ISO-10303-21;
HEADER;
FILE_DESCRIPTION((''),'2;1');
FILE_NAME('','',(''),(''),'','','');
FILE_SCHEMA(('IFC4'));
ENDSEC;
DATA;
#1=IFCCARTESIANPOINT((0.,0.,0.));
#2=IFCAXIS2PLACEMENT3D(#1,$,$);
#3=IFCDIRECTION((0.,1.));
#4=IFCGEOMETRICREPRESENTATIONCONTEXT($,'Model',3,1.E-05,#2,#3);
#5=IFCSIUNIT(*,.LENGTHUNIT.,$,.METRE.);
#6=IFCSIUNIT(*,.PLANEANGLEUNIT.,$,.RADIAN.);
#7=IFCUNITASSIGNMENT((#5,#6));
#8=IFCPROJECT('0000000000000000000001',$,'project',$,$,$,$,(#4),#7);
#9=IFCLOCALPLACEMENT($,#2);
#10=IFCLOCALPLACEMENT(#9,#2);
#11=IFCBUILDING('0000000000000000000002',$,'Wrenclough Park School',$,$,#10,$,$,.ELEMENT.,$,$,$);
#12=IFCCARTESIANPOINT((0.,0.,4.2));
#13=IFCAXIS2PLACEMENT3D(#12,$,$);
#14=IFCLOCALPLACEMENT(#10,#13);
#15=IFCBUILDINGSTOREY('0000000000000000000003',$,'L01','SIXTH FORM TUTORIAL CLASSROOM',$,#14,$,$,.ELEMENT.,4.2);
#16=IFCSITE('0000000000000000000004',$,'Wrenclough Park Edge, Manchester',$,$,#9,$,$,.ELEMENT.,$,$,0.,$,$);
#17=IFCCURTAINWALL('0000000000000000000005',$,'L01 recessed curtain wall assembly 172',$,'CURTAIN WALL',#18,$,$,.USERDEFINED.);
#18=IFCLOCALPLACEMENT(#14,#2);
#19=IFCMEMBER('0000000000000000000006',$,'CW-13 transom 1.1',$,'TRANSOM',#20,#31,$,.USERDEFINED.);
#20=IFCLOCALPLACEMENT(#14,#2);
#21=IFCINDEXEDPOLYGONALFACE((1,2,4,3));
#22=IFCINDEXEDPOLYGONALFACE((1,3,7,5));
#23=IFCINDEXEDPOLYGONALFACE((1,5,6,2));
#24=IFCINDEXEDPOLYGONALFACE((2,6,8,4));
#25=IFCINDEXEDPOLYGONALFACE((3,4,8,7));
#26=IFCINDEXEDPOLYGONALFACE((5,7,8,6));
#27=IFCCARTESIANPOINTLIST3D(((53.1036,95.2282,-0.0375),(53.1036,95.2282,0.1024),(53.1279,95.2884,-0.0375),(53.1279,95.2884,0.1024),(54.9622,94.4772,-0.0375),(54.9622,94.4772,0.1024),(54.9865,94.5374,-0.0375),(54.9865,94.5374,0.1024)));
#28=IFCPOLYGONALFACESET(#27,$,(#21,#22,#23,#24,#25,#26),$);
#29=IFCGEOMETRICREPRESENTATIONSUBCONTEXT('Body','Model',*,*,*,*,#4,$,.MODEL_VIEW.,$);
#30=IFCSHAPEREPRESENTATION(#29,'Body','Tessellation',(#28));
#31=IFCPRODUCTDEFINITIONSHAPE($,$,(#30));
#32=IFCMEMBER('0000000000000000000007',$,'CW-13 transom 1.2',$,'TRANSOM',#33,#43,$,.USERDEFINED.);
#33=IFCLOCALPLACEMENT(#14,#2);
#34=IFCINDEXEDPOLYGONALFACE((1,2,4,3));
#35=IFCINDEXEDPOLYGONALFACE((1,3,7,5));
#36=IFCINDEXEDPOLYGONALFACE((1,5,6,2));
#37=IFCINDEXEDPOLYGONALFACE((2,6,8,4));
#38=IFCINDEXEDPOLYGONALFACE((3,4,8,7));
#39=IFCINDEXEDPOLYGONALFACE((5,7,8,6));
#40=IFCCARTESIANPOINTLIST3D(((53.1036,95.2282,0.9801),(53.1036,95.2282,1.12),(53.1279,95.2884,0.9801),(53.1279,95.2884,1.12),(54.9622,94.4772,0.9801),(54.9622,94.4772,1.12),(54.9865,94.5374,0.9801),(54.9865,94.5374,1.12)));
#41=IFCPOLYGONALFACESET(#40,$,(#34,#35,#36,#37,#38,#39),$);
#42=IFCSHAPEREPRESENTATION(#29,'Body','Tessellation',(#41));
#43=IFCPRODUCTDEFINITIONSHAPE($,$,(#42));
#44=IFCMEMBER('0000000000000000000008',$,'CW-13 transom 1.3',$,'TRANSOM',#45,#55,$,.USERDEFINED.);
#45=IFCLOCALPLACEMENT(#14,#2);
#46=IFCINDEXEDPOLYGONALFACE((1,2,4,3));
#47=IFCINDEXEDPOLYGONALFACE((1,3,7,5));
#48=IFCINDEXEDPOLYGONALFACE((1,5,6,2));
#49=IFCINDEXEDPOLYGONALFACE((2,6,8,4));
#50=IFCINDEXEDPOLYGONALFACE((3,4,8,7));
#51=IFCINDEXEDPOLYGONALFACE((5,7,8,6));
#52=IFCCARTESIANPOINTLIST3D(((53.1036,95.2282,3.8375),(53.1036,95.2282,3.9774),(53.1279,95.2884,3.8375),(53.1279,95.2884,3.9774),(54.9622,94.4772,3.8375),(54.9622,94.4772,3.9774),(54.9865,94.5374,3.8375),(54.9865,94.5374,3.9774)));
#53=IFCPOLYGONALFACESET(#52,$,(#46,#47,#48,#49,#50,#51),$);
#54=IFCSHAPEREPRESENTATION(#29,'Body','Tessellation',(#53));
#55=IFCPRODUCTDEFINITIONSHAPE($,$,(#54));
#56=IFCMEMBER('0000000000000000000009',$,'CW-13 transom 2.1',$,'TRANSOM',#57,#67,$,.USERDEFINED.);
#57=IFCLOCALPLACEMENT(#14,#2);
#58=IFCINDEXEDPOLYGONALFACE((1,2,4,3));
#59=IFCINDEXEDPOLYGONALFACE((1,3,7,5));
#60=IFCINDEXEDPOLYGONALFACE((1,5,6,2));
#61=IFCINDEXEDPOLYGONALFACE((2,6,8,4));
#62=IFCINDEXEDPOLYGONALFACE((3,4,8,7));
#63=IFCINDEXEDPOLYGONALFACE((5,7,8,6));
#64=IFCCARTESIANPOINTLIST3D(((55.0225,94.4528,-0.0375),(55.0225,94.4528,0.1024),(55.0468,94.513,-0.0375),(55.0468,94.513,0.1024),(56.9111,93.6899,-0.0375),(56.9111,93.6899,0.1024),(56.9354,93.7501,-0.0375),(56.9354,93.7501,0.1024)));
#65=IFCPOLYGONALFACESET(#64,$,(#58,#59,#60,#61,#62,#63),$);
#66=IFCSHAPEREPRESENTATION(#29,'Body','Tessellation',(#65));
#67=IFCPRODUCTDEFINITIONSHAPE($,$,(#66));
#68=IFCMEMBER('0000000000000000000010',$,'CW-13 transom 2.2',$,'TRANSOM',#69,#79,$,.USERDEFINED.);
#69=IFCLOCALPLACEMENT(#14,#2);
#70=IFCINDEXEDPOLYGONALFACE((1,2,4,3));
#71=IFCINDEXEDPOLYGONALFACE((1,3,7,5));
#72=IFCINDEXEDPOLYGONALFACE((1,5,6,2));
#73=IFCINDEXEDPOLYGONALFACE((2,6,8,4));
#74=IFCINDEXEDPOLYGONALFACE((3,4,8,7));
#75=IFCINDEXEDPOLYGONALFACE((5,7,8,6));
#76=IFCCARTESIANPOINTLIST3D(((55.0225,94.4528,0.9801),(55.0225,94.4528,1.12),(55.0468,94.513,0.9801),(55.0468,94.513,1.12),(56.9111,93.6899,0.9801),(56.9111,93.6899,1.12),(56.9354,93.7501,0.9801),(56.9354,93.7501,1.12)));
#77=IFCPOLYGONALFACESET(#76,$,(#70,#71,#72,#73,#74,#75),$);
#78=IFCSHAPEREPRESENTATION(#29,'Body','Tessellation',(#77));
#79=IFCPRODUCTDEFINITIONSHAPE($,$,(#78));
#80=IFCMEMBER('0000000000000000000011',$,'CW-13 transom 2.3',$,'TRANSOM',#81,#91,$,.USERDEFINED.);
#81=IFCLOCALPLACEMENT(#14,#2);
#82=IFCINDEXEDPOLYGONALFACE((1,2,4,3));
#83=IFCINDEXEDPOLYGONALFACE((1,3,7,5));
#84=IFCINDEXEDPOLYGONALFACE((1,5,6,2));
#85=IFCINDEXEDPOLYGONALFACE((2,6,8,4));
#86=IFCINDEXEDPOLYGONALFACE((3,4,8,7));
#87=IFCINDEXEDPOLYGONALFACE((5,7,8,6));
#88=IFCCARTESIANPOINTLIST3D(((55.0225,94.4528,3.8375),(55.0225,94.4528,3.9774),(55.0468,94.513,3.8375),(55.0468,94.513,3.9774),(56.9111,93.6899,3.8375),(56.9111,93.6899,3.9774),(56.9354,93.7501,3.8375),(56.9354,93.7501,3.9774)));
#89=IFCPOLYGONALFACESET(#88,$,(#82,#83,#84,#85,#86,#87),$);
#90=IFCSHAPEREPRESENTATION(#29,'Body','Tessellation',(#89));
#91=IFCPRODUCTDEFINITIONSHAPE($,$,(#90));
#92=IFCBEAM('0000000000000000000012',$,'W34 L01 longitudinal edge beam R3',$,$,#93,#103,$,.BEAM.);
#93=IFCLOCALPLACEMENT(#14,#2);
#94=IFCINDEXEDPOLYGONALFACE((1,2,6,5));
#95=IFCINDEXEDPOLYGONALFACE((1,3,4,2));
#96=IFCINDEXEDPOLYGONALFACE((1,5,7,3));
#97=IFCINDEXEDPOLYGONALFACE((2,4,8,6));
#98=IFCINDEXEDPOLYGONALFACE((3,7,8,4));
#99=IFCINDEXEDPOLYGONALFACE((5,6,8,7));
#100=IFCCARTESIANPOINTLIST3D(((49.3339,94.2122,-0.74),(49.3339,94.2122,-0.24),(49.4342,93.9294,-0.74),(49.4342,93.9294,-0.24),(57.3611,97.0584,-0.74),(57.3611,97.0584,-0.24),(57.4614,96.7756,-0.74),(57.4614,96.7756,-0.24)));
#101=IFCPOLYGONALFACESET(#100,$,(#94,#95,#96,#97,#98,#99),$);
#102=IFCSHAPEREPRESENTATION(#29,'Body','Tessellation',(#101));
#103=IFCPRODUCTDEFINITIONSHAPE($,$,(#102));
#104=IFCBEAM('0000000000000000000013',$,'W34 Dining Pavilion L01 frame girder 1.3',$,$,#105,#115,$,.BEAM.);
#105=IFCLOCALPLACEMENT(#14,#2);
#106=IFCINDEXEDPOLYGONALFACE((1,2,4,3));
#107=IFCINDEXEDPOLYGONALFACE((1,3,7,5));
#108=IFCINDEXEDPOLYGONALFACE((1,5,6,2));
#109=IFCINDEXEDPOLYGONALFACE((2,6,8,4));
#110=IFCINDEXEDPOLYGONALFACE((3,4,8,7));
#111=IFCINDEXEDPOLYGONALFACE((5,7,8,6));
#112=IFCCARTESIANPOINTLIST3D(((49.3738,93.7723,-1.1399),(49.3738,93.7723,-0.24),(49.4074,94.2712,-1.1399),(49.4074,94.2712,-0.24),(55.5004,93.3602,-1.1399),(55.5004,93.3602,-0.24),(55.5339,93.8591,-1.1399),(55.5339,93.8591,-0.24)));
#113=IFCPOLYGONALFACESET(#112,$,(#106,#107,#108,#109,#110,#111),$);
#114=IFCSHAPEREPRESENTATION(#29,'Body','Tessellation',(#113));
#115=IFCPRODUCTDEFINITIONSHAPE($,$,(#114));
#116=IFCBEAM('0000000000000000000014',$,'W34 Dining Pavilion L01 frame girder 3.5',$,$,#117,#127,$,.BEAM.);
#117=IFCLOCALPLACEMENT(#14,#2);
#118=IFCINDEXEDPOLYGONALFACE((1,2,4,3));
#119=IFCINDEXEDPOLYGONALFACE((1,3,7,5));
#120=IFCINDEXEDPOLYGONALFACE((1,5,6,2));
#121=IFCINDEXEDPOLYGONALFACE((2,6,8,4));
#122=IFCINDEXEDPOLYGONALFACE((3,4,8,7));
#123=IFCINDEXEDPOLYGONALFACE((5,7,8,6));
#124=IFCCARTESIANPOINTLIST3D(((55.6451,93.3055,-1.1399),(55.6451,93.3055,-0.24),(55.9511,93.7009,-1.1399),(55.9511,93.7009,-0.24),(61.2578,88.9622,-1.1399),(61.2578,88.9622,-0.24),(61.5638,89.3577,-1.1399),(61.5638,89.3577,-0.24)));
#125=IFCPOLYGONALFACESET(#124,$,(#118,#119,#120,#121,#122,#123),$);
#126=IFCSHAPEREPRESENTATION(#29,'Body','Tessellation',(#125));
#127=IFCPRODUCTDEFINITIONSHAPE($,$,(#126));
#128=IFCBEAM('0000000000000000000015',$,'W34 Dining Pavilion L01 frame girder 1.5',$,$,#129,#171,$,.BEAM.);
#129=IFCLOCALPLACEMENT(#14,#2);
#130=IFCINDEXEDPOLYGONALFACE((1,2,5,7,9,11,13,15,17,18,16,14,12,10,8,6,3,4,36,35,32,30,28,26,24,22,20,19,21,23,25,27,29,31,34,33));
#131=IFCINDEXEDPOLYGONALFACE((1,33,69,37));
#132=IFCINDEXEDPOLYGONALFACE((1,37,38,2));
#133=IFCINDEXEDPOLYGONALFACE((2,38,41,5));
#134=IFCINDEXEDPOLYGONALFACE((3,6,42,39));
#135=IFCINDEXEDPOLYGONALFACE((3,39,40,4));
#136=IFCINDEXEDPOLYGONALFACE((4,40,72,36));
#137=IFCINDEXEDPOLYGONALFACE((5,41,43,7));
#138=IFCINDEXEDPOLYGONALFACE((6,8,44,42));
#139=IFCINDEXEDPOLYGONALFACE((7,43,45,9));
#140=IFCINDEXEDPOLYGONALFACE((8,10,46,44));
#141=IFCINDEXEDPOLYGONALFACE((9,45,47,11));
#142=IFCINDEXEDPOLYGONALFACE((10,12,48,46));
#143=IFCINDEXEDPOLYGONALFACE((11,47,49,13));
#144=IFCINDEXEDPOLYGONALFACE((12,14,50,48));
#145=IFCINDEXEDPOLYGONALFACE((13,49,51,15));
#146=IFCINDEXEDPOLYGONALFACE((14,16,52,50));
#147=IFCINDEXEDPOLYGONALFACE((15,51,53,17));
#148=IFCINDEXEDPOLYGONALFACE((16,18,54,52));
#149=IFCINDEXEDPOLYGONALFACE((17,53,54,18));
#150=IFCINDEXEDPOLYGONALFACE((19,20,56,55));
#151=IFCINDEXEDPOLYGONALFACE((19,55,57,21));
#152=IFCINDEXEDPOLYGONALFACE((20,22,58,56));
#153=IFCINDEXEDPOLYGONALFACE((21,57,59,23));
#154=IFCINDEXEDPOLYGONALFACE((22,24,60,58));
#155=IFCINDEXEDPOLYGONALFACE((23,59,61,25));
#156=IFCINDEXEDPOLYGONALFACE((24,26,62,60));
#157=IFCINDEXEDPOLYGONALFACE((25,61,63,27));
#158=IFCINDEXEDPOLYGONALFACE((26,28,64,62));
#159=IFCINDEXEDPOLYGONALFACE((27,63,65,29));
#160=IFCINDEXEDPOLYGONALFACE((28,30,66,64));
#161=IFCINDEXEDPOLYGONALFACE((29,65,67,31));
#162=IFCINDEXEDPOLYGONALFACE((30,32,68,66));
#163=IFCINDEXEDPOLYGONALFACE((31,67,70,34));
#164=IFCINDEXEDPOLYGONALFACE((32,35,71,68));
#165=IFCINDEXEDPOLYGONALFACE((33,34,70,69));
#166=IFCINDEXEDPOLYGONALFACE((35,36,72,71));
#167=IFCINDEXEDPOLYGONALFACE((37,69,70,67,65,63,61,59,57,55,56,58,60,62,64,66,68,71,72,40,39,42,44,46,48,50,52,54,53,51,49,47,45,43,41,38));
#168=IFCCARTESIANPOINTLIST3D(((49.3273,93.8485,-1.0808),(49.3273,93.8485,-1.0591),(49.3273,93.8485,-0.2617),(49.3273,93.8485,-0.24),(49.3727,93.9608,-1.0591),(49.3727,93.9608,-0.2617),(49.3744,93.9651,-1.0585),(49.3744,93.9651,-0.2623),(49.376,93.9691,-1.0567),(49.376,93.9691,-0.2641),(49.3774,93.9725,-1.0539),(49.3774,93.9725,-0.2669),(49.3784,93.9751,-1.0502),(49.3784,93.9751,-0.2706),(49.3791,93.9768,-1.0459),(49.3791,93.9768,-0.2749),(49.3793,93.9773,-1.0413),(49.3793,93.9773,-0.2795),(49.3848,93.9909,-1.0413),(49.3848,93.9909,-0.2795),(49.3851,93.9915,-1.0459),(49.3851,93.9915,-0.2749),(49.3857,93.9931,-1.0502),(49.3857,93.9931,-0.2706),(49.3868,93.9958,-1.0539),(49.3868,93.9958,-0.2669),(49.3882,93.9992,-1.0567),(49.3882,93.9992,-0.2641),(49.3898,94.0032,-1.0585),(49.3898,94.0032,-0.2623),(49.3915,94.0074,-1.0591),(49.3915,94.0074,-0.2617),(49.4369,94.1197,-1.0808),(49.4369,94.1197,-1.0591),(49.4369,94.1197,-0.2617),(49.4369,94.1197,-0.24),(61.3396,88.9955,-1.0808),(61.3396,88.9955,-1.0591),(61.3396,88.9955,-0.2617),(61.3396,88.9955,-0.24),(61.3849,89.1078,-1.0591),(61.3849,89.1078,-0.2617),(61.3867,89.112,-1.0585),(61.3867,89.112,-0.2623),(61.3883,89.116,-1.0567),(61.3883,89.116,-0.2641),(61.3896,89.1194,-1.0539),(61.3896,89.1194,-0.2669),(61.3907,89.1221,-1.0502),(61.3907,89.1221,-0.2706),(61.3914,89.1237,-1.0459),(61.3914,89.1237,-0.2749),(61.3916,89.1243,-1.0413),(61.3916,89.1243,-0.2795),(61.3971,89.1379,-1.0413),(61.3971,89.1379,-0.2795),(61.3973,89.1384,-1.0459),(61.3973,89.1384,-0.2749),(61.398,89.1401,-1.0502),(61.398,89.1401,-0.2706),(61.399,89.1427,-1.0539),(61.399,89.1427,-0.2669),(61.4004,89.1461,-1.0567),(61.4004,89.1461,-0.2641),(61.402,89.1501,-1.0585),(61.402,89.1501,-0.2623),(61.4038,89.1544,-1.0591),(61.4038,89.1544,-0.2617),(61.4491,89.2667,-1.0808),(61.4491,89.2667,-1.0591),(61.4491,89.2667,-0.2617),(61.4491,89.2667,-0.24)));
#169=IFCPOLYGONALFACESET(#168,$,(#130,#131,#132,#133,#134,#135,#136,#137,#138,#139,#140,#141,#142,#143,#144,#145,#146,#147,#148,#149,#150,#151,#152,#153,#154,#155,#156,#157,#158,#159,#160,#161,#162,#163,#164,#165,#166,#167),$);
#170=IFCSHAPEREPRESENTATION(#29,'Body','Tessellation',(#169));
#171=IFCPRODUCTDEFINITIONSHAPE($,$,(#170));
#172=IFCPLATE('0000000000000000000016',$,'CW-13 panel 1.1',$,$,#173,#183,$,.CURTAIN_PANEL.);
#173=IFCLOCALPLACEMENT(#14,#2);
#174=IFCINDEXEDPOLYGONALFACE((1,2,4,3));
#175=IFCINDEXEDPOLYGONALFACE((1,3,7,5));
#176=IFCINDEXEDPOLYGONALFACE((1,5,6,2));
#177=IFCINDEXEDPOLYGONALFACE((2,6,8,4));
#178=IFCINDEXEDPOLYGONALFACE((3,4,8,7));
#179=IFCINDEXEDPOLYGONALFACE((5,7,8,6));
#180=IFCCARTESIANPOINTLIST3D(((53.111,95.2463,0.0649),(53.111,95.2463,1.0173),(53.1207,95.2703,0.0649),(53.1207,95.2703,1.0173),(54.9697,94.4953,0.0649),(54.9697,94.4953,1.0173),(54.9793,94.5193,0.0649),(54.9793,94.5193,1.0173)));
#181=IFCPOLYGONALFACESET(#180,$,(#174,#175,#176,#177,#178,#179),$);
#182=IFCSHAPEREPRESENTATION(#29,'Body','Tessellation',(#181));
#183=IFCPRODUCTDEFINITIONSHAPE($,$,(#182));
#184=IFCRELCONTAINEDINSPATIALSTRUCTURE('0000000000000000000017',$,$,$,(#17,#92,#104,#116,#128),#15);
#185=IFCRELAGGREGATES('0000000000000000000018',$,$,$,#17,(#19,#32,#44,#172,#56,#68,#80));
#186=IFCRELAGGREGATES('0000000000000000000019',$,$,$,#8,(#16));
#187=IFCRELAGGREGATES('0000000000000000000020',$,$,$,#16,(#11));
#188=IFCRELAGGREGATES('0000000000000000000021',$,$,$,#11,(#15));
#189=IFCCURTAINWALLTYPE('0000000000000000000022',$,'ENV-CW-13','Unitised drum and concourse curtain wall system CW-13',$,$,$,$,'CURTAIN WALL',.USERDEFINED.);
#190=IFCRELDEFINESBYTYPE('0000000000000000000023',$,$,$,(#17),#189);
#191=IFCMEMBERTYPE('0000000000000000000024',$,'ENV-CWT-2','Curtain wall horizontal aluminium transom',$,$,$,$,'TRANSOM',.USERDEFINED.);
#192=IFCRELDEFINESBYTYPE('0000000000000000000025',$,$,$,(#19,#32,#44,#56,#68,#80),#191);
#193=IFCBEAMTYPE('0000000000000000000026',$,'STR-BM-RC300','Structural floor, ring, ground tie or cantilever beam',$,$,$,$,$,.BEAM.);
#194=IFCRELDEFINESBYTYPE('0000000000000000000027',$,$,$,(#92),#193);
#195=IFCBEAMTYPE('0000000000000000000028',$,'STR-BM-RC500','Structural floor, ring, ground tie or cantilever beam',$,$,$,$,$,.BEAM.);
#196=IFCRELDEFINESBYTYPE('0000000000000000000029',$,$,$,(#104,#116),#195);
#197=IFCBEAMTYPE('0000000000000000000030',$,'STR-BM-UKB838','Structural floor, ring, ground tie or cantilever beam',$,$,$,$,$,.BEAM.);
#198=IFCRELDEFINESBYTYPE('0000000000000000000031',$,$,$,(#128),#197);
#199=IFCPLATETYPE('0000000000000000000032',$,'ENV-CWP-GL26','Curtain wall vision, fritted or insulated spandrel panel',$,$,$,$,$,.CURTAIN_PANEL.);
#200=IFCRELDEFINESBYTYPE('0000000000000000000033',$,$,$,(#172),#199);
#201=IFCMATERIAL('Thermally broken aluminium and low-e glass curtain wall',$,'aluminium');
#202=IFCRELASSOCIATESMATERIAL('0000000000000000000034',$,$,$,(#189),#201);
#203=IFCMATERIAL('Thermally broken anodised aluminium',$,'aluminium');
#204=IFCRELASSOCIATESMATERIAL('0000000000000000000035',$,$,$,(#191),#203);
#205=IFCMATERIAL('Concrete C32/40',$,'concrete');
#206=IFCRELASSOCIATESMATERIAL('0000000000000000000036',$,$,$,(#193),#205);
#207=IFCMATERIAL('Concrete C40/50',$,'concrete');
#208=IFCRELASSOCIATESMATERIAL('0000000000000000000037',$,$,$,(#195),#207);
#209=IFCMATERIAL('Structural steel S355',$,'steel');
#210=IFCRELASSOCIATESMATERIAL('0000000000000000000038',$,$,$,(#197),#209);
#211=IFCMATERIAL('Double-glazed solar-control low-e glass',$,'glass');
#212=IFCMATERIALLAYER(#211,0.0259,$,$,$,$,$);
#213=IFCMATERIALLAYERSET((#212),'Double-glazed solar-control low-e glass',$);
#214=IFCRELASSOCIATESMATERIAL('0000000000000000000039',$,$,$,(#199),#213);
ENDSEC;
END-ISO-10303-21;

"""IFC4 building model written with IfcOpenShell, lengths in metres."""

from ifc_helpers import new_model, si_unit, direction, frame, origin, origin_2d, place, context, subcontext, project, spatial, rectangle, i_section, extrude, material, layer, layer_set, material_profile, profile_set, type_object, element, aggregate, save


model = new_model("IFC4")

# Units and contexts
model_context = context("Model", 3, precision=1e-05, world=origin(), true_north=direction((0.0, 1.0)))
body_context = subcontext(model_context, "Body", "Model", "MODEL_VIEW")
ifc_project = project(units=[si_unit("LENGTHUNIT", "METRE"), si_unit("PLANEANGLEUNIT", "RADIAN")], contexts=[model_context])

# Site, building, storey
site_placement = place(None, origin())
site = spatial("IfcSite", under=ifc_project, at=site_placement, Name="Wrenclough Park Edge, Manchester", CompositionType="ELEMENT", RefElevation=0.0)
building_placement = place(site_placement, origin())
building = spatial("IfcBuilding", under=site, at=building_placement, Name="Wrenclough Park School", CompositionType="ELEMENT")
storey_placement = place(building_placement, frame((0.0, 0.0, 4.2)))
storey = spatial("IfcBuildingStorey", under=building, at=storey_placement, Name="L01", Description="SIXTH FORM TUTORIAL CLASSROOM", CompositionType="ELEMENT", Elevation=4.2)

# Shared definitions
ifc_material_1 = material(Name="Structural steel S355", Category="steel")

# Shared definitions
ifc_material_2 = material(Name="Thermally broken aluminium and low-e glass curtain wall", Category="aluminium")
ifc_material_3 = material(Name="Thermally broken anodised aluminium", Category="aluminium")

# Curtain wall
curtain_wall_type_1 = type_object("IfcCurtainWallType", Name="ENV-CW-13", Description="Unitised drum and concourse curtain wall system CW-13", ElementType="CURTAIN WALL", PredefinedType="USERDEFINED", material=ifc_material_2)
curtain_wall_1_placement = place(storey_placement, origin())
curtain_wall_1 = element("IfcCurtainWall", 1, at=curtain_wall_1_placement, inside=storey, type_object=curtain_wall_type_1, Name="L01 recessed curtain wall assembly 172", ObjectType="CURTAIN WALL", PredefinedType="USERDEFINED")

# Members
ifc_material_profile_1 = material_profile(ifc_material_3, rectangle(XDim=0.0649, YDim=0.1399, at=origin_2d()), Name="AL TRANSOM 65x140")
ifc_profile_set_1 = profile_set([ifc_material_profile_1], Name="Thermally broken anodised aluminium")
member_type_1 = type_object("IfcMemberType", Name="ENV-CWT-2", Description="Curtain wall horizontal aluminium transom", ElementType="TRANSOM", PredefinedType="USERDEFINED", material=ifc_profile_set_1)
member_1_placement = place(storey_placement, frame((53.1157, 95.2583, 0.0325), z_axis=(0.927178, -0.374622, 0.0), x_axis=(0.374622, 0.927178, 0.0)))
member_1 = element("IfcMember", 2, at=member_1_placement, type_object=member_type_1, Name="CW-13 transom 1.1", ObjectType="TRANSOM", PredefinedType="USERDEFINED", context=body_context, shape_type="SweptSolid", body=[
    extrude(rectangle(XDim=0.0649, YDim=0.1399, at=origin_2d()), origin(), (0.0, 0.0, 1.0), 2.0046),
])
member_2_placement = place(storey_placement, frame((53.1157, 95.2583, 1.05), z_axis=(0.927178, -0.374622, 0.0), x_axis=(0.374622, 0.927178, 0.0)))
member_2 = element("IfcMember", 3, at=member_2_placement, type_object=member_type_1, Name="CW-13 transom 1.2", ObjectType="TRANSOM", PredefinedType="USERDEFINED", context=body_context, shape_type="SweptSolid", body=[
    extrude(rectangle(XDim=0.0649, YDim=0.1399, at=origin_2d()), origin(), (0.0, 0.0, 1.0), 2.0046),
])
member_3_placement = place(storey_placement, frame((53.1157, 95.2583, 3.9075), z_axis=(0.927178, -0.374622, 0.0), x_axis=(0.374622, 0.927178, 0.0)))
member_3 = element("IfcMember", 4, at=member_3_placement, type_object=member_type_1, Name="CW-13 transom 1.3", ObjectType="TRANSOM", PredefinedType="USERDEFINED", context=body_context, shape_type="SweptSolid", body=[
    extrude(rectangle(XDim=0.0649, YDim=0.1399, at=origin_2d()), origin(), (0.0, 0.0, 1.0), 2.0046),
])
member_4_placement = place(storey_placement, frame((55.0347, 94.4829, 0.0325), z_axis=(0.927207, -0.37455, 0.0), x_axis=(0.37455, 0.927207, 0.0)))
member_4 = element("IfcMember", 5, at=member_4_placement, type_object=member_type_1, Name="CW-13 transom 2.1", ObjectType="TRANSOM", PredefinedType="USERDEFINED", context=body_context, shape_type="SweptSolid", body=[
    extrude(rectangle(XDim=0.0649, YDim=0.1399, at=origin_2d()), origin(), (0.0, 0.0, 1.0), 2.0369),
])
member_5_placement = place(storey_placement, frame((55.0347, 94.4829, 1.05), z_axis=(0.927207, -0.37455, 0.0), x_axis=(0.37455, 0.927207, 0.0)))
member_5 = element("IfcMember", 6, at=member_5_placement, type_object=member_type_1, Name="CW-13 transom 2.2", ObjectType="TRANSOM", PredefinedType="USERDEFINED", context=body_context, shape_type="SweptSolid", body=[
    extrude(rectangle(XDim=0.0649, YDim=0.1399, at=origin_2d()), origin(), (0.0, 0.0, 1.0), 2.0369),
])
member_6_placement = place(storey_placement, frame((55.0347, 94.4829, 3.9075), z_axis=(0.927207, -0.37455, 0.0), x_axis=(0.37455, 0.927207, 0.0)))
member_6 = element("IfcMember", 7, at=member_6_placement, type_object=member_type_1, Name="CW-13 transom 2.3", ObjectType="TRANSOM", PredefinedType="USERDEFINED", context=body_context, shape_type="SweptSolid", body=[
    extrude(rectangle(XDim=0.0649, YDim=0.1399, at=origin_2d()), origin(), (0.0, 0.0, 1.0), 2.0369),
])

# Beams
ifc_material_4 = material(Name="Concrete C32/40", Category="concrete")
ifc_material_profile_2 = material_profile(ifc_material_4, rectangle(XDim=0.3, YDim=0.5, at=origin_2d()), Name="RC BEAM 300x500")
ifc_profile_set_2 = profile_set([ifc_material_profile_2], Name="Concrete C32/40")
beam_type_1 = type_object("IfcBeamType", Name="STR-BM-RC300", Description="Structural floor, ring, ground tie or cantilever beam", PredefinedType="BEAM", material=ifc_profile_set_2)
beam_1_placement = place(storey_placement, frame((49.384, 94.0708, -0.49), z_axis=(0.942507, 0.334187, 0.0), x_axis=(-0.334187, 0.942507, 0.0)))
element("IfcBeam", 8, at=beam_1_placement, inside=storey, type_object=beam_type_1, Name="W34 L01 longitudinal edge beam R3", PredefinedType="BEAM", context=body_context, shape_type="SweptSolid", body=[
    extrude(rectangle(XDim=0.3, YDim=0.5, at=origin_2d()), origin(), (0.0, 0.0, 1.0), 8.5168),
])
ifc_material_5 = material(Name="Concrete C40/50", Category="concrete")
ifc_material_profile_3 = material_profile(ifc_material_5, rectangle(XDim=0.5, YDim=0.8999, at=origin_2d()), Name="RC BEAM 500x900")
ifc_profile_set_3 = profile_set([ifc_material_profile_3], Name="Concrete C40/50")
beam_type_2 = type_object("IfcBeamType", Name="STR-BM-RC500", Description="Structural floor, ring, ground tie or cantilever beam", PredefinedType="BEAM", material=ifc_profile_set_3)
beam_2_placement = place(storey_placement, frame((49.3906, 94.0217, -0.6899), z_axis=(0.997745, -0.067115, 0.0), x_axis=(0.067115, 0.997745, 0.0)))
element("IfcBeam", 9, at=beam_2_placement, inside=storey, type_object=beam_type_2, Name="W34 Dining Pavilion L01 frame girder 1.3", PredefinedType="BEAM", context=body_context, shape_type="SweptSolid", body=[
    extrude(rectangle(XDim=0.5, YDim=0.8999, at=origin_2d()), origin(), (0.0, 0.0, 1.0), 6.1404),
])
beam_3_placement = place(storey_placement, frame((55.7981, 93.5032, -0.6899), z_axis=(0.790869, -0.611986, 0.0), x_axis=(0.611986, 0.790869, 0.0)))
element("IfcBeam", 10, at=beam_3_placement, inside=storey, type_object=beam_type_2, Name="W34 Dining Pavilion L01 frame girder 3.5", PredefinedType="BEAM", context=body_context, shape_type="SweptSolid", body=[
    extrude(rectangle(XDim=0.5, YDim=0.8999, at=origin_2d()), origin(), (0.0, 0.0, 1.0), 7.0969),
])
ifc_material_profile_4 = material_profile(ifc_material_1, i_section(OverallWidth=0.2925, OverallDepth=0.8408, WebThickness=0.0146, FlangeThickness=0.0217, FilletRadius=0.0178, at=origin_2d()), Name="UKB 838x292x194")
ifc_profile_set_4 = profile_set([ifc_material_profile_4], Name="Structural steel S355")
beam_type_3 = type_object("IfcBeamType", Name="STR-BM-UKB838", Description="Structural floor, ring, ground tie or cantilever beam", PredefinedType="BEAM", material=ifc_profile_set_4)
beam_4_placement = place(storey_placement, frame((49.3821, 93.9841, -0.6604), z_axis=(0.92719, -0.374592, 0.0), x_axis=(0.374592, 0.92719, 0.0)))
element("IfcBeam", 11, at=beam_4_placement, inside=storey, type_object=beam_type_3, Name="W34 Dining Pavilion L01 frame girder 1.5", PredefinedType="BEAM", context=body_context, shape_type="SweptSolid", body=[
    extrude(i_section(OverallWidth=0.2925, OverallDepth=0.8408, WebThickness=0.0146, FlangeThickness=0.0217, FilletRadius=0.0178, at=origin_2d()), origin(), (0.0, 0.0, 1.0), 12.9556),
])

# Plate
ifc_material_6 = material(Name="Double-glazed solar-control low-e glass", Category="glass")
ifc_layer_1 = layer(ifc_material_6, 0.0259)
ifc_layer_set_1 = layer_set([ifc_layer_1], Name="Double-glazed solar-control low-e glass")
plate_type_1 = type_object("IfcPlateType", Name="ENV-CWP-GL26", Description="Curtain wall vision, fritted or insulated spandrel panel", PredefinedType="CURTAIN_PANEL", material=ifc_layer_set_1)
plate_1_placement = place(storey_placement, frame((54.0452, 94.8828, 0.0649), z_axis=(0.0, 0.0, 1.0), x_axis=(0.927184, -0.374606, 0.0)))
plate_1 = element("IfcPlate", 12, at=plate_1_placement, type_object=plate_type_1, Name="CW-13 panel 1.1", PredefinedType="CURTAIN_PANEL", context=body_context, shape_type="SweptSolid", body=[
    extrude(rectangle(XDim=2.0046, YDim=0.0259, at=origin_2d()), origin(), (0.0, 0.0, 1.0), 0.9524),
])
aggregate(curtain_wall_1, [member_1, member_2, member_3, plate_1, member_4, member_5, member_6])

save(model, "model.ifc")
